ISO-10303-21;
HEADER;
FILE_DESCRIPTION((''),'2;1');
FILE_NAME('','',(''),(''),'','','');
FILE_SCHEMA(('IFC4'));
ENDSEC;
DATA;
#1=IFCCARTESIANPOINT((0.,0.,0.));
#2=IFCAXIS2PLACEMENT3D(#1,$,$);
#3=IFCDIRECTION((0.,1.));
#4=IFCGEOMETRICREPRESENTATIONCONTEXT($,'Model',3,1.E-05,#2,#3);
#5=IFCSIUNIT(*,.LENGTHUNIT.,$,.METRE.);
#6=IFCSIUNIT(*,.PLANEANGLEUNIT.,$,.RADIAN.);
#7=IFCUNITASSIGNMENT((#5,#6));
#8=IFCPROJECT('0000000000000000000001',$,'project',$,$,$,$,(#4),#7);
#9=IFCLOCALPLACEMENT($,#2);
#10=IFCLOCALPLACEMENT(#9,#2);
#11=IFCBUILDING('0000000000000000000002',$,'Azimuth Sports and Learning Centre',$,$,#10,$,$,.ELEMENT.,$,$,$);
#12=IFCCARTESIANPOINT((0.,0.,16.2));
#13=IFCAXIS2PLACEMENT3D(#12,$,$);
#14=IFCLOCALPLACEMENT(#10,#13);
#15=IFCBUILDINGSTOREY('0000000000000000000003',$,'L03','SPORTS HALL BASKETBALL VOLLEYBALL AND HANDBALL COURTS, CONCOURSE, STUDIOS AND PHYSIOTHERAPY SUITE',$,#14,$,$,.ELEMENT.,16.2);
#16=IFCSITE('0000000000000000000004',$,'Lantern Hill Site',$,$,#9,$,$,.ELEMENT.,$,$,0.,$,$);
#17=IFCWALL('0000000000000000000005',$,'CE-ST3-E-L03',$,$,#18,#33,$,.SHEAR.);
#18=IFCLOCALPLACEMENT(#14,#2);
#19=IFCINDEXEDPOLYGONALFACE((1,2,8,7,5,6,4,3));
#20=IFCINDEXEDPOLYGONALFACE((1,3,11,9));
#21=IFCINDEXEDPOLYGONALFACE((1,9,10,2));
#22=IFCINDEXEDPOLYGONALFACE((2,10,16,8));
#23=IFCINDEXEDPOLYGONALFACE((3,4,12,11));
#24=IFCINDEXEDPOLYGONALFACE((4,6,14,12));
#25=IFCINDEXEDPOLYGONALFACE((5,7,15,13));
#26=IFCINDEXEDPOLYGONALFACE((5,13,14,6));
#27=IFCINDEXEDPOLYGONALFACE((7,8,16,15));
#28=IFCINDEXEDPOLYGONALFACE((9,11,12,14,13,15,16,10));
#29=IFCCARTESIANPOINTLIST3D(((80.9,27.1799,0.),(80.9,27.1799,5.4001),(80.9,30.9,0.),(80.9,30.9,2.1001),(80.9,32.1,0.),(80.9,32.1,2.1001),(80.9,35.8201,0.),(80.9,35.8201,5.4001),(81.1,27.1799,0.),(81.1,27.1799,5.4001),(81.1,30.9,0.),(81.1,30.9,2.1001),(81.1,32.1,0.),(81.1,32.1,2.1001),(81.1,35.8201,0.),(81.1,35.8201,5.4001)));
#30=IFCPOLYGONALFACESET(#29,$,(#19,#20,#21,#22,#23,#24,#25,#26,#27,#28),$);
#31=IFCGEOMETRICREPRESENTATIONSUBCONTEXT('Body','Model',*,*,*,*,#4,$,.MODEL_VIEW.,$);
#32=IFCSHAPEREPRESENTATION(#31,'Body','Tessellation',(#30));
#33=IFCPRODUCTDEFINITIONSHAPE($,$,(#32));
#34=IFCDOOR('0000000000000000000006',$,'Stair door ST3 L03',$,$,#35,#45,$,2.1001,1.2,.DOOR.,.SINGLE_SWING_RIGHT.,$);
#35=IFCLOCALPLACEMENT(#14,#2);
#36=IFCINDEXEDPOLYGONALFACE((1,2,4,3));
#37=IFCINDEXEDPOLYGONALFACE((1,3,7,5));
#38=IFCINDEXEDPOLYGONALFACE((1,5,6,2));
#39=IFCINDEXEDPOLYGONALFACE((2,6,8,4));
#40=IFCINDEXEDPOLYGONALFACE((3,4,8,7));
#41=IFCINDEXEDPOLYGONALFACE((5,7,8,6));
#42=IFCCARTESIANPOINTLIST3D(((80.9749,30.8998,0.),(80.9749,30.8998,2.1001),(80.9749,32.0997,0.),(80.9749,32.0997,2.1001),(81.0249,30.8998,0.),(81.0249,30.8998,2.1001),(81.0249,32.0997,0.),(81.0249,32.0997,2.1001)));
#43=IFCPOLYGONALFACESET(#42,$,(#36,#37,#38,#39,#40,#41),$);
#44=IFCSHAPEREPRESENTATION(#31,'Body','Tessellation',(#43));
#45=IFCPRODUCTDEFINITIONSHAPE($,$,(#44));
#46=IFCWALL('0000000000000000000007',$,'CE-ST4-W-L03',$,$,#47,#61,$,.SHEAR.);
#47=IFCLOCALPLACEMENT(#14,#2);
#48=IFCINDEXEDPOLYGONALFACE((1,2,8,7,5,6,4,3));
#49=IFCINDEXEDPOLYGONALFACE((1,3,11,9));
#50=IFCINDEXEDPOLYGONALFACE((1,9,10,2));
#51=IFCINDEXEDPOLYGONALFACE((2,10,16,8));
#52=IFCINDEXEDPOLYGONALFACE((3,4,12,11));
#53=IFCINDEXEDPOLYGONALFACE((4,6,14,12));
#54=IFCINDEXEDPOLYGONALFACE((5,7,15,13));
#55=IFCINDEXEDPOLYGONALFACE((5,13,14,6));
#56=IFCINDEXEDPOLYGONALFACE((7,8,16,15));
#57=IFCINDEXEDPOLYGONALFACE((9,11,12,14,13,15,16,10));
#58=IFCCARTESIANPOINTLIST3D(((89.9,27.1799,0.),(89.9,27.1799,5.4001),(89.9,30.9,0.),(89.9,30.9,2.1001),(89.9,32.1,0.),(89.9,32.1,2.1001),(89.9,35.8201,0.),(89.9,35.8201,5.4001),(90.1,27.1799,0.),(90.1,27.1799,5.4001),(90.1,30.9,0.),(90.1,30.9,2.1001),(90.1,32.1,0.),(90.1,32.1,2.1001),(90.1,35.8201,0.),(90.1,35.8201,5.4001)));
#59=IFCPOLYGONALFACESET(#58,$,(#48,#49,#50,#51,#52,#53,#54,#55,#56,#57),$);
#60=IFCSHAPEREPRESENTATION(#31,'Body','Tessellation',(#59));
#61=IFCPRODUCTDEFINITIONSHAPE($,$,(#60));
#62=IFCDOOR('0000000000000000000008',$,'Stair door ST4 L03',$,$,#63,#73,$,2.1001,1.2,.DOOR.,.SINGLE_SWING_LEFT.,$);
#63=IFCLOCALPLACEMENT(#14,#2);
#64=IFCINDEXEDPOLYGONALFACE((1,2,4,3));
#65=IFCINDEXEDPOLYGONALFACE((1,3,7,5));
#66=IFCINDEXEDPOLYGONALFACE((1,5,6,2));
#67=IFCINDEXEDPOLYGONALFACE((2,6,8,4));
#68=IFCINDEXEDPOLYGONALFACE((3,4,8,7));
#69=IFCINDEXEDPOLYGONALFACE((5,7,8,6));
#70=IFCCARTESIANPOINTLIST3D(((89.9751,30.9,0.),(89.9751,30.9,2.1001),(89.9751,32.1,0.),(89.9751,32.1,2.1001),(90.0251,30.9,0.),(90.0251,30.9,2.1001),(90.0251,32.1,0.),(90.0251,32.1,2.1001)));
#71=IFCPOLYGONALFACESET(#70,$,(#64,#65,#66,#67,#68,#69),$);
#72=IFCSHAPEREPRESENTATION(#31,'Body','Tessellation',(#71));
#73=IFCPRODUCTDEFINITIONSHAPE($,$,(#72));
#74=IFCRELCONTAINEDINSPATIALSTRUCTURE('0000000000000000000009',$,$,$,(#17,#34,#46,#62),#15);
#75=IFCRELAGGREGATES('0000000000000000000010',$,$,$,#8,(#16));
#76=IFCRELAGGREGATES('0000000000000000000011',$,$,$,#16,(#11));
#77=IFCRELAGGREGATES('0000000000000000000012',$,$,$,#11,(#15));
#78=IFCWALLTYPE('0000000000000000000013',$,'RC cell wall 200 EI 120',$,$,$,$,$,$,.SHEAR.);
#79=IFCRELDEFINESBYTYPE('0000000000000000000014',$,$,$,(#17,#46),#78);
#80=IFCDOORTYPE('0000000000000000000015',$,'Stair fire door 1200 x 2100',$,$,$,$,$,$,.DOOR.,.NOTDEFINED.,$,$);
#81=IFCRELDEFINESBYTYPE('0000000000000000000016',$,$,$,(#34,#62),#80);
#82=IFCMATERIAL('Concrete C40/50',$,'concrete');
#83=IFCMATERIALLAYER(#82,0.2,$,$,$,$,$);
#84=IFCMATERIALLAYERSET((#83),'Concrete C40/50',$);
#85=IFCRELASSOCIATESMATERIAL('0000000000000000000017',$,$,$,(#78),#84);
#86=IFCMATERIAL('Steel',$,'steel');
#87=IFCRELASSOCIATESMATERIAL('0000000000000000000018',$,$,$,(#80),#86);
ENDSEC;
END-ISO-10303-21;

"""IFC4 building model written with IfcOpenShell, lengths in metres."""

from ifc_helpers import new_model, si_unit, direction, frame, frame_2d, origin, place, context, subcontext, project, spatial, rectangle, extrude, material, layer, layer_set, type_object, element, fill, save


model = new_model("IFC4")

# Units and contexts
model_context = context("Model", 3, precision=1e-05, world=origin(), true_north=direction((0.0, 1.0)))
body_context = subcontext(model_context, "Body", "Model", "MODEL_VIEW")
ifc_project = project(units=[si_unit("LENGTHUNIT", "METRE"), si_unit("PLANEANGLEUNIT", "RADIAN")], contexts=[model_context])

# Site, building, storey
site_placement = place(None, origin())
site = spatial("IfcSite", under=ifc_project, at=site_placement, Name="Lantern Hill Site", CompositionType="ELEMENT", RefElevation=0.0)
building_placement = place(site_placement, origin())
building = spatial("IfcBuilding", under=site, at=building_placement, Name="Azimuth Sports and Learning Centre", CompositionType="ELEMENT")
storey_placement = place(building_placement, frame((0.0, 0.0, 16.2)))
storey = spatial("IfcBuildingStorey", under=building, at=storey_placement, Name="L03", Description="SPORTS HALL BASKETBALL VOLLEYBALL AND HANDBALL COURTS, CONCOURSE, STUDIOS AND PHYSIOTHERAPY SUITE", CompositionType="ELEMENT", Elevation=16.2)

# Walls, openings, doors
ifc_material_1 = material(Name="Concrete C40/50", Category="concrete")
ifc_layer_1 = layer(ifc_material_1, 0.2)
ifc_layer_set_1 = layer_set([ifc_layer_1], Name="Concrete C40/50")
wall_type_1 = type_object("IfcWallType", Name="RC cell wall 200 EI 120", PredefinedType="SHEAR", material=ifc_layer_set_1)
wall_1_placement = place(storey_placement, frame((81.0, 27.1799, 0.0), z_axis=(0.0, 0.0, 1.0), x_axis=(0.0, 1.0, 0.0)))
wall_1 = element("IfcWall", 1, at=wall_1_placement, inside=storey, type_object=wall_type_1, Name="CE-ST3-E-L03", PredefinedType="SHEAR", context=body_context, shape_type="SweptSolid", body=[
    extrude(rectangle(XDim=8.6401, YDim=0.2, at=frame_2d((4.3201, 0.0))), origin(), (0.0, 0.0, 1.0), 5.4001),
])
opening_1_placement = place(wall_1_placement, frame((3.72, 0.0, 0.0)))
opening_1 = element("IfcOpeningElement", 2, at=opening_1_placement, cuts=wall_1, PredefinedType="OPENING", context=body_context, shape_type="SweptSolid", body=[
    extrude(rectangle(XDim=1.2, YDim=2.1001, at=frame_2d((0.6001, 1.05))), frame((0.0, 0.1108, 0.0), z_axis=(0.0, -1.0, 0.0), x_axis=(1.0, 0.0, 0.0)), (0.0, 0.0, 1.0), 0.2219),
])
ifc_material_2 = material(Name="Steel", Category="steel")
door_type_1 = type_object("IfcDoorType", Name="Stair fire door 1200 x 2100", OperationType="NOTDEFINED", PredefinedType="DOOR", material=ifc_material_2)
door_1_placement = place(opening_1_placement, frame((1.2, 0.0, 0.0), z_axis=(0.0, 0.0, 1.0), x_axis=(-1.0, 0.0, 0.0)))
door_1 = element("IfcDoor", 3, at=door_1_placement, inside=storey, type_object=door_type_1, Name="Stair door ST3 L03", OperationType="SINGLE_SWING_RIGHT", OverallHeight=2.1001, OverallWidth=1.2, PredefinedType="DOOR", context=body_context, shape_type="SweptSolid", body=[
    extrude(rectangle(XDim=1.2, YDim=2.1001, at=frame_2d((0.6001, 1.05))), frame((0.0, 0.0249, 0.0), z_axis=(0.0, -1.0, 0.0), x_axis=(1.0, 0.0, 0.0)), (0.0, 0.0, 1.0), 0.05),
])
fill(opening_1, door_1)
wall_2_placement = place(storey_placement, frame((90.0, 27.1799, 0.0), z_axis=(0.0, 0.0, 1.0), x_axis=(0.0, 1.0, 0.0)))
wall_2 = element("IfcWall", 4, at=wall_2_placement, inside=storey, type_object=wall_type_1, Name="CE-ST4-W-L03", PredefinedType="SHEAR", context=body_context, shape_type="SweptSolid", body=[
    extrude(rectangle(XDim=8.6401, YDim=0.2, at=frame_2d((4.3201, 0.0))), origin(), (0.0, 0.0, 1.0), 5.4001),
])
opening_2_placement = place(wall_2_placement, frame((3.72, 0.0, 0.0)))
opening_2 = element("IfcOpeningElement", 5, at=opening_2_placement, cuts=wall_2, PredefinedType="OPENING", context=body_context, shape_type="SweptSolid", body=[
    extrude(rectangle(XDim=1.2, YDim=2.1001, at=frame_2d((0.6001, 1.05))), frame((0.0, 0.1108, 0.0), z_axis=(0.0, -1.0, 0.0), x_axis=(1.0, 0.0, 0.0)), (0.0, 0.0, 1.0), 0.2219),
])
door_2_placement = place(opening_2_placement, origin())
door_2 = element("IfcDoor", 6, at=door_2_placement, inside=storey, type_object=door_type_1, Name="Stair door ST4 L03", OperationType="SINGLE_SWING_LEFT", OverallHeight=2.1001, OverallWidth=1.2, PredefinedType="DOOR", context=body_context, shape_type="SweptSolid", body=[
    extrude(rectangle(XDim=1.2, YDim=2.1001, at=frame_2d((0.6001, 1.05))), frame((0.0, 0.0249, 0.0), z_axis=(0.0, -1.0, 0.0), x_axis=(1.0, 0.0, 0.0)), (0.0, 0.0, 1.0), 0.05),
])
fill(opening_2, door_2)

save(model, "model.ifc")
